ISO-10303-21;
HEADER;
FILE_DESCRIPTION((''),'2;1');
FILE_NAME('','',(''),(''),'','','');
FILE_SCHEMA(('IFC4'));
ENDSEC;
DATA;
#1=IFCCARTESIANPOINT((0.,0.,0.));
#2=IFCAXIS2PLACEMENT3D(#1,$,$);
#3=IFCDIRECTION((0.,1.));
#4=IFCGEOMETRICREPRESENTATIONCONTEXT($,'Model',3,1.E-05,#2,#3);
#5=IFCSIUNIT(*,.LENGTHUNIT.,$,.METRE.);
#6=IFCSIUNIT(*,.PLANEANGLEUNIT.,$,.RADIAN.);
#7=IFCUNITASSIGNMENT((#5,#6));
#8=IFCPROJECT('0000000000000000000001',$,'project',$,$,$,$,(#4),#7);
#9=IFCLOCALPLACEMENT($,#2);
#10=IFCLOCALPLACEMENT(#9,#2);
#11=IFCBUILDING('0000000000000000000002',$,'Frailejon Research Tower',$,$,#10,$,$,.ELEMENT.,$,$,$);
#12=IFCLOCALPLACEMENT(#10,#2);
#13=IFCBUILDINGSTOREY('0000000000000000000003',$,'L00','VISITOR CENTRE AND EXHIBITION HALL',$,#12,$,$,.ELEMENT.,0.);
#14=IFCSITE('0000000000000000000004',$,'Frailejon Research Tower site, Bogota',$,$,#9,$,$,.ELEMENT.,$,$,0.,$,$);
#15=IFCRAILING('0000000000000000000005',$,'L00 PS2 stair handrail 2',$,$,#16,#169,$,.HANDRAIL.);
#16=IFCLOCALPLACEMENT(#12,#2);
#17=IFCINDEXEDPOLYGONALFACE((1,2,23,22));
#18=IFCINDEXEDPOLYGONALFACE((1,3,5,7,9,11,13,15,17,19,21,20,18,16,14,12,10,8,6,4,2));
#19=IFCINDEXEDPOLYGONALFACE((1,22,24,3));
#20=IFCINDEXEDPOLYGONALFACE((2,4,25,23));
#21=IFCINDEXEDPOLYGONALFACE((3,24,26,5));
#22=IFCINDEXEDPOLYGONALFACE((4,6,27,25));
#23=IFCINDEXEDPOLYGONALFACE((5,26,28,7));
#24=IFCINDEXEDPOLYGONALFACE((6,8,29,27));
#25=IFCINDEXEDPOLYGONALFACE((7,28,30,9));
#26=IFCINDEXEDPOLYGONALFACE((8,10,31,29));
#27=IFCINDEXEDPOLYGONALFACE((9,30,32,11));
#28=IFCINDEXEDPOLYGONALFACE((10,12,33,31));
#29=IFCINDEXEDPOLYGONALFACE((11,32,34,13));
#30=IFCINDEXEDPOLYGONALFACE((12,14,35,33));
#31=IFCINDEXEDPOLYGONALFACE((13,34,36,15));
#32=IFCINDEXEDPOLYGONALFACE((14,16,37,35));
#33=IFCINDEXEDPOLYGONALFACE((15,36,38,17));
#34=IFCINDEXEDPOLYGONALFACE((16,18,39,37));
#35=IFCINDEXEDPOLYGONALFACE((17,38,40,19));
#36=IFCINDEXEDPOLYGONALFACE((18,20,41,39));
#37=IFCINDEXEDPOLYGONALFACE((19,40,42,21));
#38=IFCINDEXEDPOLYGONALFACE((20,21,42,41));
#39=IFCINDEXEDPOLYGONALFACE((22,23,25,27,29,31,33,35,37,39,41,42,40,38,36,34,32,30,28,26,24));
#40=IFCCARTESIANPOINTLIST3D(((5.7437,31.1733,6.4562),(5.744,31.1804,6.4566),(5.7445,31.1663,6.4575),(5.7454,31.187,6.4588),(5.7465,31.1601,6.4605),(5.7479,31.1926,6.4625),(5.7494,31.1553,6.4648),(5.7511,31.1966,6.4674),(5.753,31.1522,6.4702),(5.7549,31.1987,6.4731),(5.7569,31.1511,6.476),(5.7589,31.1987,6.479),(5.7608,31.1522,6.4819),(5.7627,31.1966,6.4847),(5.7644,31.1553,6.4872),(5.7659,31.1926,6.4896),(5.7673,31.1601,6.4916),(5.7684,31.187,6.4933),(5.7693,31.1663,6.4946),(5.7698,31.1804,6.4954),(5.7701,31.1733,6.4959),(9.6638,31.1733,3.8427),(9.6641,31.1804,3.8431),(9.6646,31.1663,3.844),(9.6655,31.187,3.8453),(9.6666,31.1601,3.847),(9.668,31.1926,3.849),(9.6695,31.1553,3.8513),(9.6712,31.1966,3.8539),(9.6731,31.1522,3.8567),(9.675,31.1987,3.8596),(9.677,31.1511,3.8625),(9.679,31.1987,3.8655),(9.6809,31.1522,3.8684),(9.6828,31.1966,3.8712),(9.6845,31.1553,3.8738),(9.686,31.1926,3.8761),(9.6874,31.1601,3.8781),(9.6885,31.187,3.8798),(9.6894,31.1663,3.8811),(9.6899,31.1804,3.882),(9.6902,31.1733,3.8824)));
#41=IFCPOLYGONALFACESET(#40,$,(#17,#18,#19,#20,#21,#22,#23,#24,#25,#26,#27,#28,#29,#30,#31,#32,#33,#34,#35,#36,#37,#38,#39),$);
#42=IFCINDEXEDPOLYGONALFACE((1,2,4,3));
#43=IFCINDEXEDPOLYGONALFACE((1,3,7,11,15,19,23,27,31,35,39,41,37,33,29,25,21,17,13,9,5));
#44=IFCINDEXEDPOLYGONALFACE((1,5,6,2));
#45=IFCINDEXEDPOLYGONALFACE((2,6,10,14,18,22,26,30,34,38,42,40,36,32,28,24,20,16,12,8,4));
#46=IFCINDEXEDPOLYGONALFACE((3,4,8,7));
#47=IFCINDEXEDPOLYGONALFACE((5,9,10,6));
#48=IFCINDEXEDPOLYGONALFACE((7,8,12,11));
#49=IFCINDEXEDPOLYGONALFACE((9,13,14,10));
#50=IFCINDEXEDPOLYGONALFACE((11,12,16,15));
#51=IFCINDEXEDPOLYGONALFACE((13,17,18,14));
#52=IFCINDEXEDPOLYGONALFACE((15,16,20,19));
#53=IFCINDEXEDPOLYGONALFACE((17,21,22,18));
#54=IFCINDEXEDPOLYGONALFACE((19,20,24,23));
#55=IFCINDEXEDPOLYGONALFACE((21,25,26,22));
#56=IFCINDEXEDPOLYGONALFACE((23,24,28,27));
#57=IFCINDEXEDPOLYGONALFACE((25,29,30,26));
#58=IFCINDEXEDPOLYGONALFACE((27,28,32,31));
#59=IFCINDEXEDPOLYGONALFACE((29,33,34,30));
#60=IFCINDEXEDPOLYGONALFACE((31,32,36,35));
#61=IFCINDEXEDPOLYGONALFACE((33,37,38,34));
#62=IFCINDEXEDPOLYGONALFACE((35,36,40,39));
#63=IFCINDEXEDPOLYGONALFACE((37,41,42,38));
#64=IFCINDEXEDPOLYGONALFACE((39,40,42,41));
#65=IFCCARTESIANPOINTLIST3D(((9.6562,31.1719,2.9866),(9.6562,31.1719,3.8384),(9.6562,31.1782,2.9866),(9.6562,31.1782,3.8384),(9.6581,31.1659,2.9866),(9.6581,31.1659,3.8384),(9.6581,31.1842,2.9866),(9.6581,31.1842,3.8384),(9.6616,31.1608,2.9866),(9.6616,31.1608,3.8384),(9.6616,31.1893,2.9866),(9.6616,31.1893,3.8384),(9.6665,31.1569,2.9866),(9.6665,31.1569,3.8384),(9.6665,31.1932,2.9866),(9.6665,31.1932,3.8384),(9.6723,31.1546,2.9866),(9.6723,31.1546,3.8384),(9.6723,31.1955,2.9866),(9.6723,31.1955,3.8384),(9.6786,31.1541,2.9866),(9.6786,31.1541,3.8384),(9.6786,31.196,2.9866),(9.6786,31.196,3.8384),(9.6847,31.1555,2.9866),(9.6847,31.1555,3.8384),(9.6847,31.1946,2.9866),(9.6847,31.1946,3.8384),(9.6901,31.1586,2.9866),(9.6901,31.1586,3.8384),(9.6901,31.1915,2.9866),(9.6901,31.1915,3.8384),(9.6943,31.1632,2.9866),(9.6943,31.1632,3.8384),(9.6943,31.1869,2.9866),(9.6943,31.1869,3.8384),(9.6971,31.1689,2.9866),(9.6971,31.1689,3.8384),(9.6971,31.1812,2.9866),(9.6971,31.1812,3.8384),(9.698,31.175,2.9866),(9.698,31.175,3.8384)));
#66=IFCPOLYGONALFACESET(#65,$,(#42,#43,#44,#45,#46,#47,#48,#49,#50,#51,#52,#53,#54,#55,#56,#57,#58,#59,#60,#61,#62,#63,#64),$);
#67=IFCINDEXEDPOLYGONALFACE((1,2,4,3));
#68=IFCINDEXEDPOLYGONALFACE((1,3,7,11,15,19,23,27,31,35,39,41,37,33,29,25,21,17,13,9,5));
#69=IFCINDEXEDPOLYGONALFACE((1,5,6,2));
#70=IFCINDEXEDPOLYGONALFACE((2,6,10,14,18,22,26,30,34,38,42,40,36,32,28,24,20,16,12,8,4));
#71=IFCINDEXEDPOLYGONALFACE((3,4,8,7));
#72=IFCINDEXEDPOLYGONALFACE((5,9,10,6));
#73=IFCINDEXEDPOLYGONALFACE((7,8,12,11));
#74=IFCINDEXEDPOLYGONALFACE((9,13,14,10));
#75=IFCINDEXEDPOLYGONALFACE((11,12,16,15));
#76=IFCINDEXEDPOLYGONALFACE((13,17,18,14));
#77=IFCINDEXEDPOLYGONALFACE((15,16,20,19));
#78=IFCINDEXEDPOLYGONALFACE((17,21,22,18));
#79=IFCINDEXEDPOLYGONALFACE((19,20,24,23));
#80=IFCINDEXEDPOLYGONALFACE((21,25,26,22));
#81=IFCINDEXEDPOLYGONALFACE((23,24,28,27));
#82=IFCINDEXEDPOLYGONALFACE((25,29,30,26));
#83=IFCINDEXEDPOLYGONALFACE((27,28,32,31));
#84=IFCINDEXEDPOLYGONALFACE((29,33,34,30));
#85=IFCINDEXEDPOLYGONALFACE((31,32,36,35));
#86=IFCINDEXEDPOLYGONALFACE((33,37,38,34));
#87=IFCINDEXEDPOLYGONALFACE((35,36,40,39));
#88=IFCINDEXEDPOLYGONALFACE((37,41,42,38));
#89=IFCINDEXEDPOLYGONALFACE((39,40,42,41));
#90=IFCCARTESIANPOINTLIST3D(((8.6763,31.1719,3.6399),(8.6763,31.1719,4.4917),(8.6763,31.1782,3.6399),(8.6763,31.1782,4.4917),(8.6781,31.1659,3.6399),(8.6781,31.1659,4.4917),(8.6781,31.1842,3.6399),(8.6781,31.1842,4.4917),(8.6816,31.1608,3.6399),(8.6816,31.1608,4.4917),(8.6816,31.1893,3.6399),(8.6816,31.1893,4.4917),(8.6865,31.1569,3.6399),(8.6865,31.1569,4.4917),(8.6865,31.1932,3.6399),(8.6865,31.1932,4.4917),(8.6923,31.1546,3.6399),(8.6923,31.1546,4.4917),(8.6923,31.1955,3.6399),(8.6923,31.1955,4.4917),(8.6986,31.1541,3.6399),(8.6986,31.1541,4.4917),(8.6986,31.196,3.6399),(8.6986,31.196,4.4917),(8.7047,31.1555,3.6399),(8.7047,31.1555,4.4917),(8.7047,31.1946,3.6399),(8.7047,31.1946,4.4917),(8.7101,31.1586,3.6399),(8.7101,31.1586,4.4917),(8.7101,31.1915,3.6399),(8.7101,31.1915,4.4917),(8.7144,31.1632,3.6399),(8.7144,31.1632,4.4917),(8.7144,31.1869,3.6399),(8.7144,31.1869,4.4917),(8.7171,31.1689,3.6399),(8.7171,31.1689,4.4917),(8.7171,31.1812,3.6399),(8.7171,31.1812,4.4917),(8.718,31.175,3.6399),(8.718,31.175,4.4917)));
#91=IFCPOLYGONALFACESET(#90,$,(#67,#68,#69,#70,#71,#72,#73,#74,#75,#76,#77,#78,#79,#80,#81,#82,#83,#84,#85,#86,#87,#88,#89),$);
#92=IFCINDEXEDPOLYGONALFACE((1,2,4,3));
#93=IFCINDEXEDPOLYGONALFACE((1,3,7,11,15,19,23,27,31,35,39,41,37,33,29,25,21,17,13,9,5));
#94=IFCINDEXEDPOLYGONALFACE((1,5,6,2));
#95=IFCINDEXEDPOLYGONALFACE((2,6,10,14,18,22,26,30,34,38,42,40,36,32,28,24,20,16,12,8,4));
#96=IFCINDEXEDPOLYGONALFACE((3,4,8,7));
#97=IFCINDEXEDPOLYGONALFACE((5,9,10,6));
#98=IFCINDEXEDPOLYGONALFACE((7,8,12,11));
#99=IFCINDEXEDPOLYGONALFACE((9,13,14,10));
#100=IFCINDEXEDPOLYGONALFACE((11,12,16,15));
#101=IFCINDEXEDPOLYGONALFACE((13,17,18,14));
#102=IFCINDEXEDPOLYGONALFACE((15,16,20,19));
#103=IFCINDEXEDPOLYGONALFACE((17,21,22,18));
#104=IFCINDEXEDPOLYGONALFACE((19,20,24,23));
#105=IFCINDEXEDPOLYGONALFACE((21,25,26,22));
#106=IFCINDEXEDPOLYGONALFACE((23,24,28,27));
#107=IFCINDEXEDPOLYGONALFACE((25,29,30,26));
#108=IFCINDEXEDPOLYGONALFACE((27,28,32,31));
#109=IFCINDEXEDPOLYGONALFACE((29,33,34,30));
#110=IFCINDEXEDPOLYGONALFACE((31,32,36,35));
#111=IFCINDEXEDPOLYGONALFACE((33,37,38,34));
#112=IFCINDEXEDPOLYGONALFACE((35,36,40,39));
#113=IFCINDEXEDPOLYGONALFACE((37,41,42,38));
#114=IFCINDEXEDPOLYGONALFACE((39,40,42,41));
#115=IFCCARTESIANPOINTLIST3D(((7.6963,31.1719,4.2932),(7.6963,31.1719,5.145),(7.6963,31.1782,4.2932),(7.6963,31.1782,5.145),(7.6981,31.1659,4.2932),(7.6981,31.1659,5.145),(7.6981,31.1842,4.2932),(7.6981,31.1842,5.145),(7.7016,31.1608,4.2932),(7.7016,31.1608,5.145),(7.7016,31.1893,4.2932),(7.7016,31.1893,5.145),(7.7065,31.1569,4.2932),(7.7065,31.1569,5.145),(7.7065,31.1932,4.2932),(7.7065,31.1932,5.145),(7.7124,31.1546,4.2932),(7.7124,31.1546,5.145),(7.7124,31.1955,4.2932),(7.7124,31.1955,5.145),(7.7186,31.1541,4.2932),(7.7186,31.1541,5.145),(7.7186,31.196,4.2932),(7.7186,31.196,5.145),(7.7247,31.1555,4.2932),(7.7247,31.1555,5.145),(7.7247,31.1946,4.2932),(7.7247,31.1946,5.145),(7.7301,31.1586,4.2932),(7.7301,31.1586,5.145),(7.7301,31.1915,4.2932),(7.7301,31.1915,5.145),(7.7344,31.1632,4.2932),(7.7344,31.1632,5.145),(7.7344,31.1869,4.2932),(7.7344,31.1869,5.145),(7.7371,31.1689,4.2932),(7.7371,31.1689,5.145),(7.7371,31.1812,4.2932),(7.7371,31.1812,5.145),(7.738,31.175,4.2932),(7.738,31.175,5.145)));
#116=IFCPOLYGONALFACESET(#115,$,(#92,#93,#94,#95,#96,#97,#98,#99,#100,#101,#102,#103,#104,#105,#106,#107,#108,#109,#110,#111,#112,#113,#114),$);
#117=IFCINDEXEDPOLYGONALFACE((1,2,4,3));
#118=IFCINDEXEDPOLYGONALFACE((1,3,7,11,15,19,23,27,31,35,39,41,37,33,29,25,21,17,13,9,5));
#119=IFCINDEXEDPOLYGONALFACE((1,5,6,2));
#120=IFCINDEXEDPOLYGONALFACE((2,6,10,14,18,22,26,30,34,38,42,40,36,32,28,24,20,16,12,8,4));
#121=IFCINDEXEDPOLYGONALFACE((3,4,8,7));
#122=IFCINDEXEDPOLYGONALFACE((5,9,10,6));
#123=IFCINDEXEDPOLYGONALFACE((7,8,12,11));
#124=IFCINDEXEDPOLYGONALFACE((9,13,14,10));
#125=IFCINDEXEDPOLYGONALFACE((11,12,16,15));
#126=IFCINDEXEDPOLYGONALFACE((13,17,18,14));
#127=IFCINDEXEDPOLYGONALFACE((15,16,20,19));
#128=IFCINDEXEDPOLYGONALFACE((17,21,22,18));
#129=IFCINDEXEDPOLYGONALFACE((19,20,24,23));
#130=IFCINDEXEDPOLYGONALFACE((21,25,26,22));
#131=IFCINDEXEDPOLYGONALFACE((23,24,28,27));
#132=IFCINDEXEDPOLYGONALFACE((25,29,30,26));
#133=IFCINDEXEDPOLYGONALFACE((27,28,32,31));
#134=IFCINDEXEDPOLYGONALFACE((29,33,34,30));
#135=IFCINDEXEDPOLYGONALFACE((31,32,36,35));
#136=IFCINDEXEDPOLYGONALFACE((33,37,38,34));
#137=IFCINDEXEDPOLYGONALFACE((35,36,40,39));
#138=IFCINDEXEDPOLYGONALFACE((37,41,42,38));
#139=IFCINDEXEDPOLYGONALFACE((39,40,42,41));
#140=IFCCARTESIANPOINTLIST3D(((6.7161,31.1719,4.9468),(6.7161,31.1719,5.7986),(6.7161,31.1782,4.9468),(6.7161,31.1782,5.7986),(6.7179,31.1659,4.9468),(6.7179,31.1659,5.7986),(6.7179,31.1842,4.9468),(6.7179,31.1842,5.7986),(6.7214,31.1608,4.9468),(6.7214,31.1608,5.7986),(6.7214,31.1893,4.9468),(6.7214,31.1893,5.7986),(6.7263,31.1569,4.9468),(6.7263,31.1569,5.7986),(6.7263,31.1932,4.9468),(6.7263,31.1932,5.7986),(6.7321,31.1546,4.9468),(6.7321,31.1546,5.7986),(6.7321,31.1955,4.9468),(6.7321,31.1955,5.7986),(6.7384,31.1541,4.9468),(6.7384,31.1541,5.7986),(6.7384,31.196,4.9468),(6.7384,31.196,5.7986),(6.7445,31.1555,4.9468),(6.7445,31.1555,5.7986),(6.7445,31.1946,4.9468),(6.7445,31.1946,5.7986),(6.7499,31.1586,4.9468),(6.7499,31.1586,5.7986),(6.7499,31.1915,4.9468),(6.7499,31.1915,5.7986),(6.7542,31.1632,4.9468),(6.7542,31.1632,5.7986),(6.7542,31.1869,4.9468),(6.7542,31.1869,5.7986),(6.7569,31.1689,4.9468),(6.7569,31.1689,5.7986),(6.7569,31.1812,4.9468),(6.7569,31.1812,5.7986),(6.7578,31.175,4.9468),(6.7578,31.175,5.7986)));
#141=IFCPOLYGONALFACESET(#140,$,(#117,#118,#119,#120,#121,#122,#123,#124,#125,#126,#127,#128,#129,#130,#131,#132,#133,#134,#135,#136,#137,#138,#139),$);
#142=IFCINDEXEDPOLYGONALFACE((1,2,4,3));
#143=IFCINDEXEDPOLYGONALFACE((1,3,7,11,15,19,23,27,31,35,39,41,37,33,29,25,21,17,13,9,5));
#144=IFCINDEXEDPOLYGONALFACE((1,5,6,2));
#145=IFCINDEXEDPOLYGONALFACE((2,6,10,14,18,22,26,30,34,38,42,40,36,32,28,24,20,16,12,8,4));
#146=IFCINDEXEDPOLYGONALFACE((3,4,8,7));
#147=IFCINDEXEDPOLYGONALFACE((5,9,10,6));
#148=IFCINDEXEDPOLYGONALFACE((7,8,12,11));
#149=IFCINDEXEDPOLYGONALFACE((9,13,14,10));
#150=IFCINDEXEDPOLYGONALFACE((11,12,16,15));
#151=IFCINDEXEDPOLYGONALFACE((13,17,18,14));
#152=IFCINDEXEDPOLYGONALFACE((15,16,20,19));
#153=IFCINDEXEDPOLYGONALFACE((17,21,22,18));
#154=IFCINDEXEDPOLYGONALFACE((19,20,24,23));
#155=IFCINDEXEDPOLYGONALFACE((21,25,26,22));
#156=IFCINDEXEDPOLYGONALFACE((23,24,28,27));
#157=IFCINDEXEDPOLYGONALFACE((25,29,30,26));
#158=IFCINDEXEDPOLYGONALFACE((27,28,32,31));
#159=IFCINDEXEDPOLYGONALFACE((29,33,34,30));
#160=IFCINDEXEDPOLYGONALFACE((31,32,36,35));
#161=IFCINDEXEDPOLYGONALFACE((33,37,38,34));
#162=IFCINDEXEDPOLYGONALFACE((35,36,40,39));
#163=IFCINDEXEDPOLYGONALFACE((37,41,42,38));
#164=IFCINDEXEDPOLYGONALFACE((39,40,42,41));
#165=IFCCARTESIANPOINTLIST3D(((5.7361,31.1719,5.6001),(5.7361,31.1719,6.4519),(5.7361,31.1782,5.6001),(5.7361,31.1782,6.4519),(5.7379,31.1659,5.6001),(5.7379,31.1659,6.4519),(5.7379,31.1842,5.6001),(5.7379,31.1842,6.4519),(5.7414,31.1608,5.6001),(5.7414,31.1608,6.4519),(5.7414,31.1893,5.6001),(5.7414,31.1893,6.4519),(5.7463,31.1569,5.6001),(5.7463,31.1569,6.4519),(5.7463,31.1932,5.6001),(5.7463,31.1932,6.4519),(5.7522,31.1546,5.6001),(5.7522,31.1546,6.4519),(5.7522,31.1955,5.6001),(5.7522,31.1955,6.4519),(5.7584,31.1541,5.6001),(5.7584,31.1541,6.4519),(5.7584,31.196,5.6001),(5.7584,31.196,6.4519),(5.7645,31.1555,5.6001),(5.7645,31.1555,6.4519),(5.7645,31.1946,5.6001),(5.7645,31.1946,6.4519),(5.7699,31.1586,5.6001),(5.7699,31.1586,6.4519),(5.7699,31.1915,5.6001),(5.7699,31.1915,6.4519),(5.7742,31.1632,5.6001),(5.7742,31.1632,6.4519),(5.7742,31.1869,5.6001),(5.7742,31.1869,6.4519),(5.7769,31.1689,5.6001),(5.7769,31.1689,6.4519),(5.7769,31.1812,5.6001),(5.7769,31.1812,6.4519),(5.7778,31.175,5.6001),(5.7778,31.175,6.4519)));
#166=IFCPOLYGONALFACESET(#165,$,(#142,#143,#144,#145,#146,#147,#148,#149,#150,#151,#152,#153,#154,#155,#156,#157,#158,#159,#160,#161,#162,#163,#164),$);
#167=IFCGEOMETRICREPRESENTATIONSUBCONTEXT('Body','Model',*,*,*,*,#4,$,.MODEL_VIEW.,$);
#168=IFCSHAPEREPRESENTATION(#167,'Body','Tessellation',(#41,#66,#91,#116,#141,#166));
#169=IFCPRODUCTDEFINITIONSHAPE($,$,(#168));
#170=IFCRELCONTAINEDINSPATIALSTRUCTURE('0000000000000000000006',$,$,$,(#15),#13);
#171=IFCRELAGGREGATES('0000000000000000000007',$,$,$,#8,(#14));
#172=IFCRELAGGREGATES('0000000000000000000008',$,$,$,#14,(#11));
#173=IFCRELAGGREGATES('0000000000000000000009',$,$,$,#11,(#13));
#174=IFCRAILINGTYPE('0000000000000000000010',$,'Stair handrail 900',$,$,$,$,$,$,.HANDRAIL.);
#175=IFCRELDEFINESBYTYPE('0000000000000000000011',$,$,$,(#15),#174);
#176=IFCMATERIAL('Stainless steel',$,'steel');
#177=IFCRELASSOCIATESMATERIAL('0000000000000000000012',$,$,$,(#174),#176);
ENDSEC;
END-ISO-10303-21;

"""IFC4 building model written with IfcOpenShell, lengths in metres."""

from ifc_helpers import new_model, si_unit, direction, frame, origin, origin_2d, place, context, subcontext, project, spatial, circle, extrude, material, type_object, element, save


model = new_model("IFC4")

# Units and contexts
model_context = context("Model", 3, precision=1e-05, world=origin(), true_north=direction((0.0, 1.0)))
body_context = subcontext(model_context, "Body", "Model", "MODEL_VIEW")
ifc_project = project(units=[si_unit("LENGTHUNIT", "METRE"), si_unit("PLANEANGLEUNIT", "RADIAN")], contexts=[model_context])

# Site, building, storey
site_placement = place(None, origin())
site = spatial("IfcSite", under=ifc_project, at=site_placement, Name="Frailejon Research Tower site, Bogota", CompositionType="ELEMENT", RefElevation=0.0)
building_placement = place(site_placement, origin())
building = spatial("IfcBuilding", under=site, at=building_placement, Name="Frailejon Research Tower", CompositionType="ELEMENT")
storey_placement = place(building_placement, origin())
storey = spatial("IfcBuildingStorey", under=building, at=storey_placement, Name="L00", Description="VISITOR CENTRE AND EXHIBITION HALL", CompositionType="ELEMENT", Elevation=0.0)

# Railing
ifc_material_1 = material(Name="Stainless steel", Category="steel")
railing_type = type_object("IfcRailingType", Name="Stair handrail 900", PredefinedType="HANDRAIL", material=ifc_material_1)
railing_placement = place(storey_placement, frame((9.677, 31.175, 2.9866)))
element("IfcRailing", 1, at=railing_placement, inside=storey, type_object=railing_type, Name="L00 PS2 stair handrail 2", PredefinedType="HANDRAIL", context=body_context, shape_type="SweptSolid", body=[
    extrude(circle(Radius=0.0239, at=origin_2d()), frame((0.0, 0.0, 0.876), z_axis=(-0.832042, 0.0, 0.554712), x_axis=(0.0, -1.0, 0.0)), (0.0, 0.0, 1.0), 4.7114),
    extrude(circle(Radius=0.021, at=origin_2d()), origin(), (0.0, 0.0, 1.0), 0.8518),
    extrude(circle(Radius=0.021, at=origin_2d()), frame((-0.98, 0.0, 0.6533)), (0.0, 0.0, 1.0), 0.8518),
    extrude(circle(Radius=0.021, at=origin_2d()), frame((-1.96, 0.0, 1.3066)), (0.0, 0.0, 1.0), 0.8518),
    extrude(circle(Radius=0.021, at=origin_2d()), frame((-2.9402, 0.0, 1.9602)), (0.0, 0.0, 1.0), 0.8518),
    extrude(circle(Radius=0.021, at=origin_2d()), frame((-3.9202, 0.0, 2.6135)), (0.0, 0.0, 1.0), 0.8518),
])

save(model, "model.ifc")
